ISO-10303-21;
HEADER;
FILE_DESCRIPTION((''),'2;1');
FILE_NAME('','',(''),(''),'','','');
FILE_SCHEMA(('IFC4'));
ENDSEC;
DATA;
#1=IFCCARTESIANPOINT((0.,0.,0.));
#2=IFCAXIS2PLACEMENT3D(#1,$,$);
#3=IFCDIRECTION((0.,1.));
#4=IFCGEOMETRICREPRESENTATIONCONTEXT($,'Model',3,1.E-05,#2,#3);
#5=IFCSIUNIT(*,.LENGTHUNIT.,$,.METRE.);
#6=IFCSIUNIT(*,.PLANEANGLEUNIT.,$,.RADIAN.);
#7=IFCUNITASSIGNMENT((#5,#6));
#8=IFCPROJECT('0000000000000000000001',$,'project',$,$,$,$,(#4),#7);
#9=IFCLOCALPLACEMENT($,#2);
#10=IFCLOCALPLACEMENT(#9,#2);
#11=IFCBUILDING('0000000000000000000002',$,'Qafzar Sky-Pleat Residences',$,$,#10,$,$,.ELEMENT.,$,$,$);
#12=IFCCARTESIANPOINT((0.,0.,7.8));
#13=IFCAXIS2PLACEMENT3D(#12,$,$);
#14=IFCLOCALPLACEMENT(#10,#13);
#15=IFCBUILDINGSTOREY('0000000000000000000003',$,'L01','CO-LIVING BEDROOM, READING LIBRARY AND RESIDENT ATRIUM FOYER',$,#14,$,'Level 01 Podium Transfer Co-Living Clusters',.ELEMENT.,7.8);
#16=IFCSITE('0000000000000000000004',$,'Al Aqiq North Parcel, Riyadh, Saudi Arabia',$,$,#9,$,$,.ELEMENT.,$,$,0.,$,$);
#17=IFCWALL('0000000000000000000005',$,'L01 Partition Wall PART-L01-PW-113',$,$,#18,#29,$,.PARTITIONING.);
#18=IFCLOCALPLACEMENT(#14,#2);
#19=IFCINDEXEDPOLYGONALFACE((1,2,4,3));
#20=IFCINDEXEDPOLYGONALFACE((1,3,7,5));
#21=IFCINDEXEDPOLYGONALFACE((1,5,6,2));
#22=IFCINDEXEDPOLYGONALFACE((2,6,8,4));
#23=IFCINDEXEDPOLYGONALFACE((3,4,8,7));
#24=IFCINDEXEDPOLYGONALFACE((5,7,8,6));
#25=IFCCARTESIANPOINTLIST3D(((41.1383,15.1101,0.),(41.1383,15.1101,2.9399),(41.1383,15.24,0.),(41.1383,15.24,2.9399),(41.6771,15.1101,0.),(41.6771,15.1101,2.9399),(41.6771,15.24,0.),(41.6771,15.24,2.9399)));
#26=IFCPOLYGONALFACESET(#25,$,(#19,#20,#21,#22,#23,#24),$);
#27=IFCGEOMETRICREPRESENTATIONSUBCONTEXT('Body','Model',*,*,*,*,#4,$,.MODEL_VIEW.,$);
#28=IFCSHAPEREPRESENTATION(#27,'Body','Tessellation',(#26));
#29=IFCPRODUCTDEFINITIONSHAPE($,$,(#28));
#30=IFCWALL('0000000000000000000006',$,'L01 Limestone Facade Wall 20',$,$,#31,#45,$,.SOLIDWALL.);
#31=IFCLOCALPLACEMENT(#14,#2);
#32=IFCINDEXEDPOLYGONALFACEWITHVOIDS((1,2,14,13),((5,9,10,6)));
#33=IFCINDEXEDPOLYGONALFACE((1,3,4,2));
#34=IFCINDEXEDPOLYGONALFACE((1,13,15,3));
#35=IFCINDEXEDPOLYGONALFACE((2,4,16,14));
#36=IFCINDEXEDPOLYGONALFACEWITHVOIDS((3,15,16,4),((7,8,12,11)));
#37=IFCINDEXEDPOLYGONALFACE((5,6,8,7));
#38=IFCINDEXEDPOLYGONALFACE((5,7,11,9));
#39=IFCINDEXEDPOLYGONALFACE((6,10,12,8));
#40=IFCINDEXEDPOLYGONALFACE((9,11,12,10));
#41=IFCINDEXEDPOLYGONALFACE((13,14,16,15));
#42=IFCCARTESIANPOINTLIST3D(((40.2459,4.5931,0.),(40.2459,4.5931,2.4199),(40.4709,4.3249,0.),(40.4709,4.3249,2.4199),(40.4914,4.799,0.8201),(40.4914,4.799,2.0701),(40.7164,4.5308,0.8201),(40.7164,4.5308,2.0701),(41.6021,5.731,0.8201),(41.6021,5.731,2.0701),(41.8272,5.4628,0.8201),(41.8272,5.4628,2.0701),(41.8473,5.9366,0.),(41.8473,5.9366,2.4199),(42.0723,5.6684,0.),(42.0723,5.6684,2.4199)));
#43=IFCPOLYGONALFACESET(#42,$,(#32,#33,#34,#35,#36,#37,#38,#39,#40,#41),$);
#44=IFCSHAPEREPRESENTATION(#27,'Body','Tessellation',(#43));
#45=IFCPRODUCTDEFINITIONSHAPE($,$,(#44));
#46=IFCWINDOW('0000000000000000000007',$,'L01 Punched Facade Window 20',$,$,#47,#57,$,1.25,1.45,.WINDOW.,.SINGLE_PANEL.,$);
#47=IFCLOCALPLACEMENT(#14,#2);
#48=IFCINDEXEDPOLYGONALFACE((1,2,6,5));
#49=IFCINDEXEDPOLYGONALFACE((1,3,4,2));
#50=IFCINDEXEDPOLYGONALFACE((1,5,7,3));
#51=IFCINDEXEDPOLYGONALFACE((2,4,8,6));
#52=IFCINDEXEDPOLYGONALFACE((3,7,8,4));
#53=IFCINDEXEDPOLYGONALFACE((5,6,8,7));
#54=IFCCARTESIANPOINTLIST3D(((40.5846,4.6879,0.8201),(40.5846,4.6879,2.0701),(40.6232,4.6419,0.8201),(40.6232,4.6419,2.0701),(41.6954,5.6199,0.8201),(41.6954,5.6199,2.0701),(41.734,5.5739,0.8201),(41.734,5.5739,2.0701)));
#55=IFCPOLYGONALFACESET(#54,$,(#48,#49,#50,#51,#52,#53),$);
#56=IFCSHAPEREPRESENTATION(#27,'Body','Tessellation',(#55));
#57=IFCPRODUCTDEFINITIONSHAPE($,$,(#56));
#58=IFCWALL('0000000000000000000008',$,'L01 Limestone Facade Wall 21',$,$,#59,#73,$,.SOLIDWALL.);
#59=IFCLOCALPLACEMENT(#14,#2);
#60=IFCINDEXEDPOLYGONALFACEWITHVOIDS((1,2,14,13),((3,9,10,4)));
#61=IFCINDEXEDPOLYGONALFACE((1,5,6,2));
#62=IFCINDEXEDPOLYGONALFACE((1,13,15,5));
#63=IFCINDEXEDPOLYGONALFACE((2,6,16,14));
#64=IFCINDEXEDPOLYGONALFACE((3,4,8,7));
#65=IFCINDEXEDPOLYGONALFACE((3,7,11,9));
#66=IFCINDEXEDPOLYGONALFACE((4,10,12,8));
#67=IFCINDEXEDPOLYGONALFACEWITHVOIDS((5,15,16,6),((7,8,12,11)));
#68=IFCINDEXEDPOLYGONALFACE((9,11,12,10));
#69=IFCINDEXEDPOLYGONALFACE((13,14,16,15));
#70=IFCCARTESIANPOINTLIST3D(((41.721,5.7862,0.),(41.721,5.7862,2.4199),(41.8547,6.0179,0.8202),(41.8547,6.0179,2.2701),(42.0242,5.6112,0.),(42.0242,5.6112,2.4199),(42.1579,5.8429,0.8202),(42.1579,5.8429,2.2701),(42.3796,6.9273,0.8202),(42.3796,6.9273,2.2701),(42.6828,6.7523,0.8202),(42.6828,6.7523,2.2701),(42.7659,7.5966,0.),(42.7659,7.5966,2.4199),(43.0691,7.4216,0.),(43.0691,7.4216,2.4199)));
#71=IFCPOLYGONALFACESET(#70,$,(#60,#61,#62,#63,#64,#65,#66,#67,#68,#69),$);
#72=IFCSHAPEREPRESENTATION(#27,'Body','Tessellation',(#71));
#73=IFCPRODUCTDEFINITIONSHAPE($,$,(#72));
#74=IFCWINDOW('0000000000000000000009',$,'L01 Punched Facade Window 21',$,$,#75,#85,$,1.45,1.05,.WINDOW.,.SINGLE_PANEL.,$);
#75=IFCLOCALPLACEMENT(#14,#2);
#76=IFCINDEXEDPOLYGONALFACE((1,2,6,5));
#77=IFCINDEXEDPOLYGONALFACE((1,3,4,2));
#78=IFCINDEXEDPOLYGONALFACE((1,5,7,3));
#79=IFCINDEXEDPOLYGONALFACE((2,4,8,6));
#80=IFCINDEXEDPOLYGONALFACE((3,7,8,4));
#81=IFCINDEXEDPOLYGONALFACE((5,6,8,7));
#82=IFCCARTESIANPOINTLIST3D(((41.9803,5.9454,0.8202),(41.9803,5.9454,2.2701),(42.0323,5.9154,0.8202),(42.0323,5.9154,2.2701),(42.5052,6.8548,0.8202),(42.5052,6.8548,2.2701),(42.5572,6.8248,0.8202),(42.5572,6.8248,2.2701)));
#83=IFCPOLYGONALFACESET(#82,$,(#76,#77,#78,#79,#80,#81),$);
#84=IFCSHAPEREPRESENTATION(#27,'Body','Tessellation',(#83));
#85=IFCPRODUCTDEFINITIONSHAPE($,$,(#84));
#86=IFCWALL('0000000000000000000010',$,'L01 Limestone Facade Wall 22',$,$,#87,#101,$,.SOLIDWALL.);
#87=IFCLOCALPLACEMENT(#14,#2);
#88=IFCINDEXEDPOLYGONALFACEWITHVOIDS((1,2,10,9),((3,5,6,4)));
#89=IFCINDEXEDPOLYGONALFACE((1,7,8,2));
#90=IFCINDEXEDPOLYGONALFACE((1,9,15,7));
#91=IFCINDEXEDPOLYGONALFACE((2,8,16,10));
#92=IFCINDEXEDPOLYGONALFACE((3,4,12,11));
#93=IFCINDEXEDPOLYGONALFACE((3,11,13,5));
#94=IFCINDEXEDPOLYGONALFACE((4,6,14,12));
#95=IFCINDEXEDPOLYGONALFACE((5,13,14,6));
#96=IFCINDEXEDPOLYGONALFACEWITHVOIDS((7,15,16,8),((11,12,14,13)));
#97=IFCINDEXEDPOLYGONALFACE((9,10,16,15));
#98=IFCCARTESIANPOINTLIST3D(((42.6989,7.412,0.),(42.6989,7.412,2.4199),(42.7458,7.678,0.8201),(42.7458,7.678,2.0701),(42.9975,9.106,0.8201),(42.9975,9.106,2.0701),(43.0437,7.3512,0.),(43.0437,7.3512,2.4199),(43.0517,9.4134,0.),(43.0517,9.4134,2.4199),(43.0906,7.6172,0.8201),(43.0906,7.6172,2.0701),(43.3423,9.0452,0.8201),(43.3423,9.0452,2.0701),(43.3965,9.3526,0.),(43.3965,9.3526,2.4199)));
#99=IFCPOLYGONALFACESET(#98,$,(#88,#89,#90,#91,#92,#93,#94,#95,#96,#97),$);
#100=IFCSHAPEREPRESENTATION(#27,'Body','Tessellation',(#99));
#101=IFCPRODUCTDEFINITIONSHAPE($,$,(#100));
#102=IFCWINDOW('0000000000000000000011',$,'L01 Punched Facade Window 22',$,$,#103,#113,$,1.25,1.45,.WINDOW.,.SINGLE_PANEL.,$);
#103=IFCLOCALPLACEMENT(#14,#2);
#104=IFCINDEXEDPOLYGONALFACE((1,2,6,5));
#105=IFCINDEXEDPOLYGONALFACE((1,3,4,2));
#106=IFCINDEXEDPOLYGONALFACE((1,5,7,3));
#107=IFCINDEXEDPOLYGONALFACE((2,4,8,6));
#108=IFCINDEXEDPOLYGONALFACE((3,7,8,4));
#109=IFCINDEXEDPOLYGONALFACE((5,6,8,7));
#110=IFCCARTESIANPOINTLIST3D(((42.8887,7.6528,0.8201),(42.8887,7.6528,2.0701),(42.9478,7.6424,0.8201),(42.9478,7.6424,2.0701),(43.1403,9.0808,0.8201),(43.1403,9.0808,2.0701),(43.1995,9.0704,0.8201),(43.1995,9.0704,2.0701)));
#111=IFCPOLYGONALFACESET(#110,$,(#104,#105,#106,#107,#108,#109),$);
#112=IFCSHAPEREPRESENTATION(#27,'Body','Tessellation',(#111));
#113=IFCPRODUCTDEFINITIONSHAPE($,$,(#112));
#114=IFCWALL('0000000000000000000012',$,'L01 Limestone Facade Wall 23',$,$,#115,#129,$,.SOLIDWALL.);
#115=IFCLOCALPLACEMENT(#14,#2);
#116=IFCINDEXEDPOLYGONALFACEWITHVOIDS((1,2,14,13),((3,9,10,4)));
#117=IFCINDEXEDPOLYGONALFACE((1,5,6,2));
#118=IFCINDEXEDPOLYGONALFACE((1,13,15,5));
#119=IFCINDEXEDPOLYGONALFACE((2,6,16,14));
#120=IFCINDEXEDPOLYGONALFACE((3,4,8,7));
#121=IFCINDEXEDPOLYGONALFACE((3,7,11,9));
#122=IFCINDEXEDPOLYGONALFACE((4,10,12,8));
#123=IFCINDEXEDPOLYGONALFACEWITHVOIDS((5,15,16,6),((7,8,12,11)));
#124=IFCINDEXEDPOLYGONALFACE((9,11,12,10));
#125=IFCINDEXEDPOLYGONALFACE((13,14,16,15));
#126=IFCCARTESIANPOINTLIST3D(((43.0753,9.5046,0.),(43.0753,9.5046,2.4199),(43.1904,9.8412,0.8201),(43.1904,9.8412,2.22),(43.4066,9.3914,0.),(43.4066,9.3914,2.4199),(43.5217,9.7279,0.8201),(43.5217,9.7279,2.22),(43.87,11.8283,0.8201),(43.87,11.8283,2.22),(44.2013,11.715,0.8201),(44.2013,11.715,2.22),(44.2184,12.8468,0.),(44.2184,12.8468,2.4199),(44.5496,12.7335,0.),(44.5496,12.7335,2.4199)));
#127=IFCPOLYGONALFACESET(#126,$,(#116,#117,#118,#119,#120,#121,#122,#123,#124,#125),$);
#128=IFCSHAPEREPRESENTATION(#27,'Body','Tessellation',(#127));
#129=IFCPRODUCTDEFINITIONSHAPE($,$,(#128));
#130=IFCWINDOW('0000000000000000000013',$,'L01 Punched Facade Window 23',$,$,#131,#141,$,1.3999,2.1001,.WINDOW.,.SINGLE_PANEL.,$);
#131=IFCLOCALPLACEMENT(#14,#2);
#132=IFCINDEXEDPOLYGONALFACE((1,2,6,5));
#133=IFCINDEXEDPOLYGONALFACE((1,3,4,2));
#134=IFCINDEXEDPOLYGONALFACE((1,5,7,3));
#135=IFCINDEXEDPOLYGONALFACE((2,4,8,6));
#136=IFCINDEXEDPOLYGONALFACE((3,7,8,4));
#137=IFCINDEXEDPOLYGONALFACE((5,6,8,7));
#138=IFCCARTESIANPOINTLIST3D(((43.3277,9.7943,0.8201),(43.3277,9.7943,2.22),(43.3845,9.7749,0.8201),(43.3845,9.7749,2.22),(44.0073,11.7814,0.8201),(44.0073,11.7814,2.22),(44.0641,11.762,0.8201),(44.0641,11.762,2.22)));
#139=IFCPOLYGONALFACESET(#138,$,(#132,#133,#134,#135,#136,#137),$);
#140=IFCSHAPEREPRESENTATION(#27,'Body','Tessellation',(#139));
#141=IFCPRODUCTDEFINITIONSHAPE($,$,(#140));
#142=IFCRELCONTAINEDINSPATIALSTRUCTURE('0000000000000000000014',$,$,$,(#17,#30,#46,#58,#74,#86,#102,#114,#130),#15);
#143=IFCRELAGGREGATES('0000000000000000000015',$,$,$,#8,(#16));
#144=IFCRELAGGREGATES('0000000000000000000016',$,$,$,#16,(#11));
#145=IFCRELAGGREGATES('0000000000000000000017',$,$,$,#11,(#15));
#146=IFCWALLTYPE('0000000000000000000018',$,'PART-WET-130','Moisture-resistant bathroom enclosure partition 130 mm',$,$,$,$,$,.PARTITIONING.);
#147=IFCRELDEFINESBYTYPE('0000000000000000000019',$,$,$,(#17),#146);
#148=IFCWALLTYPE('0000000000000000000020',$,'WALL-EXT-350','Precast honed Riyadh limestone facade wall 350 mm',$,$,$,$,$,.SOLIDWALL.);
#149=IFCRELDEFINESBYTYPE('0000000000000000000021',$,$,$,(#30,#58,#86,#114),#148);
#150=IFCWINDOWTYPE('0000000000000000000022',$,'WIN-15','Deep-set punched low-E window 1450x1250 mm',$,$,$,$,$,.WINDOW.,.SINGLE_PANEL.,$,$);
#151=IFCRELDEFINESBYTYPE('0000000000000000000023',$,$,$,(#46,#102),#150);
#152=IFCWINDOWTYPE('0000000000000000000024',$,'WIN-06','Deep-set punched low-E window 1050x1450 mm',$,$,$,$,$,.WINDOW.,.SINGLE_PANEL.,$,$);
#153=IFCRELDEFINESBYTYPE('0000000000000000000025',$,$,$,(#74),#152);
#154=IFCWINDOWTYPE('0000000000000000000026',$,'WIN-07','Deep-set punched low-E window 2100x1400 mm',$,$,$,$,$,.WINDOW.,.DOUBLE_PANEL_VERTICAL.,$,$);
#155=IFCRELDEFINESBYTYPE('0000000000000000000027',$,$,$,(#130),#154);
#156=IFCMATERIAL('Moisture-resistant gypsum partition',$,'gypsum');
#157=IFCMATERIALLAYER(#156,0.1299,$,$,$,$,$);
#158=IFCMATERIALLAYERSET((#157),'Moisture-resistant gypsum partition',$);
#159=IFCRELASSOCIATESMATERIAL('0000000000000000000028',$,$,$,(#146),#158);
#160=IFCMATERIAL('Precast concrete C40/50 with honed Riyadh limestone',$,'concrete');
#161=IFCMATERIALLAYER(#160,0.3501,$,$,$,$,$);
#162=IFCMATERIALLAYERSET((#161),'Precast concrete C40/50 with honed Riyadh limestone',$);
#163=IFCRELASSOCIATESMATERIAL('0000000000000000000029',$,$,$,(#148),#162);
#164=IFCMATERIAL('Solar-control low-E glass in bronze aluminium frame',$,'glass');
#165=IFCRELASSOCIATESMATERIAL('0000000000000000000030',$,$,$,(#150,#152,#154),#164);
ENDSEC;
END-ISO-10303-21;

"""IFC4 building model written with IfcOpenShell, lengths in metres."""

from ifc_helpers import new_model, si_unit, direction, frame, frame_2d, origin, place, context, subcontext, project, spatial, rectangle, extrude, source, transform, mapped, material, layer, layer_set, type_object, element, fill, save


model = new_model("IFC4")

# Units and contexts
model_context = context("Model", 3, precision=1e-05, world=origin(), true_north=direction((0.0, 1.0)))
body_context = subcontext(model_context, "Body", "Model", "MODEL_VIEW")
ifc_project = project(units=[si_unit("LENGTHUNIT", "METRE"), si_unit("PLANEANGLEUNIT", "RADIAN")], contexts=[model_context])

# Site, building, storey
site_placement = place(None, origin())
site = spatial("IfcSite", under=ifc_project, at=site_placement, Name="Al Aqiq North Parcel, Riyadh, Saudi Arabia", CompositionType="ELEMENT", RefElevation=0.0)
building_placement = place(site_placement, origin())
building = spatial("IfcBuilding", under=site, at=building_placement, Name="Qafzar Sky-Pleat Residences", CompositionType="ELEMENT")
storey_placement = place(building_placement, frame((0.0, 0.0, 7.8)))
storey = spatial("IfcBuildingStorey", under=building, at=storey_placement, Name="L01", Description="CO-LIVING BEDROOM, READING LIBRARY AND RESIDENT ATRIUM FOYER", LongName="Level 01 Podium Transfer Co-Living Clusters", CompositionType="ELEMENT", Elevation=7.8)

# Shared definitions
ifc_material_1 = material(Name="Moisture-resistant gypsum partition", Category="gypsum")
ifc_layer_1 = layer(ifc_material_1, 0.1299)
ifc_layer_set_1 = layer_set([ifc_layer_1], Name="Moisture-resistant gypsum partition")
wall_type_1 = type_object("IfcWallType", Name="PART-WET-130", Description="Moisture-resistant bathroom enclosure partition 130 mm", PredefinedType="PARTITIONING", material=ifc_layer_set_1)

# Wall
wall_1_placement = place(storey_placement, frame((41.1382, 15.175, 0.0), z_axis=(0.0, 0.0, 1.0), x_axis=(1.0, 0.0, 0.0)))
element("IfcWall", 1, at=wall_1_placement, inside=storey, type_object=wall_type_1, Name="L01 Partition Wall PART-L01-PW-113", PredefinedType="PARTITIONING", context=body_context, shape_type="SweptSolid", body=[
    extrude(rectangle(XDim=0.5388, YDim=0.1299, at=frame_2d((0.2695, 0.0))), origin(), (0.0, 0.0, 1.0), 2.9399),
])

# Walls, openings, windows
ifc_material_2 = material(Name="Precast concrete C40/50 with honed Riyadh limestone", Category="concrete")
ifc_layer_2 = layer(ifc_material_2, 0.3501)
ifc_layer_set_2 = layer_set([ifc_layer_2], Name="Precast concrete C40/50 with honed Riyadh limestone")
wall_type_2 = type_object("IfcWallType", Name="WALL-EXT-350", Description="Precast honed Riyadh limestone facade wall 350 mm", PredefinedType="SOLIDWALL", material=ifc_layer_set_2)
wall_2_placement = place(storey_placement, frame((40.3584, 4.459, 0.0), z_axis=(0.0, 0.0, 1.0), x_axis=(0.766082, 0.642743, 0.0)))
wall_2 = element("IfcWall", 2, at=wall_2_placement, inside=storey, type_object=wall_type_2, Name="L01 Limestone Facade Wall 20", PredefinedType="SOLIDWALL", context=body_context, shape_type="SweptSolid", body=[
    extrude(rectangle(XDim=2.0903, YDim=0.3501, at=frame_2d((1.0452, 0.0))), origin(), (0.0, 0.0, 1.0), 2.4199),
])
opening_1_placement = place(wall_2_placement, frame((0.3203, 0.0, 0.8201)))
opening_1 = element("IfcOpeningElement", 3, at=opening_1_placement, cuts=wall_2, PredefinedType="OPENING", context=body_context, shape_type="SweptSolid", body=[
    extrude(rectangle(XDim=1.45, YDim=1.25, at=frame_2d((0.7251, 0.625))), frame((0.0, 0.1851, 0.0), z_axis=(0.0, -1.0, 0.0), x_axis=(1.0, 0.0, 0.0)), (0.0, 0.0, 1.0), 0.3701),
])
ifc_material_3 = material(Name="Solar-control low-E glass in bronze aluminium frame", Category="glass")
window_type_1 = type_object("IfcWindowType", Name="WIN-15", Description="Deep-set punched low-E window 1450x1250 mm", PartitioningType="SINGLE_PANEL", PredefinedType="WINDOW", material=ifc_material_3)
shared_shape_1 = source(origin(), body_context, "Body", "SweptSolid", [
    extrude(rectangle(XDim=1.45, YDim=1.25, at=frame_2d((0.7251, 0.625))), frame((0.0, 0.03, 0.0), z_axis=(0.0, -1.0, 0.0), x_axis=(1.0, 0.0, 0.0)), (0.0, 0.0, 1.0), 0.0601),
])
window_1_placement = place(opening_1_placement, origin())
window_1 = element("IfcWindow", 4, at=window_1_placement, inside=storey, type_object=window_type_1, Name="L01 Punched Facade Window 20", OverallHeight=1.25, OverallWidth=1.45, PartitioningType="SINGLE_PANEL", PredefinedType="WINDOW", context=body_context, shape_type="MappedRepresentation", body=[
    mapped(shared_shape_1, transform((0.0, 0.0, 0.0), x_axis=(1.0, 0.0, 0.0), y_axis=(0.0, 1.0, 0.0), z_axis=(0.0, 0.0, 1.0), scale=1.0)),
])
fill(opening_1, window_1)
wall_3_placement = place(storey_placement, frame((41.8726, 5.6987, 0.0), z_axis=(0.0, 0.0, 1.0), x_axis=(0.499908, 0.866079, 0.0)))
wall_3 = element("IfcWall", 5, at=wall_3_placement, inside=storey, type_object=wall_type_2, Name="L01 Limestone Facade Wall 21", PredefinedType="SOLIDWALL", context=body_context, shape_type="SweptSolid", body=[
    extrude(rectangle(XDim=2.0903, YDim=0.3501, at=frame_2d((1.0452, 0.0))), origin(), (0.0, 0.0, 1.0), 2.4199),
])
opening_2_placement = place(wall_3_placement, frame((0.2676, 0.0, 0.8201)))
opening_2 = element("IfcOpeningElement", 6, at=opening_2_placement, cuts=wall_3, PredefinedType="OPENING", context=body_context, shape_type="SweptSolid", body=[
    extrude(rectangle(XDim=1.05, YDim=1.45, at=frame_2d((0.5249, 0.7251))), frame((0.0, 0.1851, 0.0), z_axis=(0.0, -1.0, 0.0), x_axis=(1.0, 0.0, 0.0)), (0.0, 0.0, 1.0), 0.3701),
])
window_type_2 = type_object("IfcWindowType", Name="WIN-06", Description="Deep-set punched low-E window 1050x1450 mm", PartitioningType="SINGLE_PANEL", PredefinedType="WINDOW", material=ifc_material_3)
shared_shape_2 = source(origin(), body_context, "Body", "SweptSolid", [
    extrude(rectangle(XDim=1.05, YDim=1.45, at=frame_2d((0.5249, 0.7251))), frame((0.0, 0.03, 0.0), z_axis=(0.0, -1.0, 0.0), x_axis=(1.0, 0.0, 0.0)), (0.0, 0.0, 1.0), 0.0601),
])
window_2_placement = place(opening_2_placement, origin())
window_2 = element("IfcWindow", 7, at=window_2_placement, inside=storey, type_object=window_type_2, Name="L01 Punched Facade Window 21", OverallHeight=1.45, OverallWidth=1.05, PartitioningType="SINGLE_PANEL", PredefinedType="WINDOW", context=body_context, shape_type="MappedRepresentation", body=[
    mapped(shared_shape_2, transform((0.0, 0.0, 0.0), x_axis=(1.0, 0.0, 0.0), y_axis=(0.0, 1.0, 0.0), z_axis=(0.0, 0.0, 1.0), scale=1.0)),
])
fill(opening_2, window_2)
wall_4_placement = place(storey_placement, frame((42.8713, 7.3816, 0.0), z_axis=(0.0, 0.0, 1.0), x_axis=(0.173587, 0.984819, 0.0)))
wall_4 = element("IfcWall", 8, at=wall_4_placement, inside=storey, type_object=wall_type_2, Name="L01 Limestone Facade Wall 22", PredefinedType="SOLIDWALL", context=body_context, shape_type="SweptSolid", body=[
    extrude(rectangle(XDim=2.0322, YDim=0.3501, at=frame_2d((1.0161, 0.0))), origin(), (0.0, 0.0, 1.0), 2.4199),
])
opening_3_placement = place(wall_4_placement, frame((0.27, 0.0, 0.8201)))
opening_3 = element("IfcOpeningElement", 9, at=opening_3_placement, cuts=wall_4, PredefinedType="OPENING", context=body_context, shape_type="SweptSolid", body=[
    extrude(rectangle(XDim=1.45, YDim=1.25, at=frame_2d((0.7251, 0.625))), frame((0.0, 0.1851, 0.0), z_axis=(0.0, -1.0, 0.0), x_axis=(1.0, 0.0, 0.0)), (0.0, 0.0, 1.0), 0.3701),
])
window_3_placement = place(opening_3_placement, origin())
window_3 = element("IfcWindow", 10, at=window_3_placement, inside=storey, type_object=window_type_1, Name="L01 Punched Facade Window 22", OverallHeight=1.25, OverallWidth=1.45, PartitioningType="SINGLE_PANEL", PredefinedType="WINDOW", context=body_context, shape_type="MappedRepresentation", body=[
    mapped(shared_shape_1, transform((0.0, 0.0, 0.0), x_axis=(1.0, 0.0, 0.0), y_axis=(0.0, 1.0, 0.0), z_axis=(0.0, 0.0, 1.0), scale=1.0)),
])
fill(opening_3, window_3)
wall_5_placement = place(storey_placement, frame((43.241, 9.448, 0.0), z_axis=(0.0, 0.0, 1.0), x_axis=(0.3236, 0.946194, 0.0)))
wall_5 = element("IfcWall", 11, at=wall_5_placement, inside=storey, type_object=wall_type_2, Name="L01 Limestone Facade Wall 23", PredefinedType="SOLIDWALL", context=body_context, shape_type="SweptSolid", body=[
    extrude(rectangle(XDim=3.5322, YDim=0.3501, at=frame_2d((1.7661, 0.0))), origin(), (0.0, 0.0, 1.0), 2.4199),
])
opening_4_placement = place(wall_5_placement, frame((0.3557, 0.0, 0.8201)))
opening_4 = element("IfcOpeningElement", 12, at=opening_4_placement, cuts=wall_5, PredefinedType="OPENING", context=body_context, shape_type="SweptSolid", body=[
    extrude(rectangle(XDim=2.1001, YDim=1.3999, at=frame_2d((1.05, 0.7))), frame((0.0, 0.1851, 0.0), z_axis=(0.0, -1.0, 0.0), x_axis=(1.0, 0.0, 0.0)), (0.0, 0.0, 1.0), 0.3701),
])
window_type_3 = type_object("IfcWindowType", Name="WIN-07", Description="Deep-set punched low-E window 2100x1400 mm", PartitioningType="DOUBLE_PANEL_VERTICAL", PredefinedType="WINDOW", material=ifc_material_3)
shared_shape_3 = source(origin(), body_context, "Body", "SweptSolid", [
    extrude(rectangle(XDim=2.1001, YDim=1.3999, at=frame_2d((1.05, 0.7))), frame((0.0, 0.03, 0.0), z_axis=(0.0, -1.0, 0.0), x_axis=(1.0, 0.0, 0.0)), (0.0, 0.0, 1.0), 0.0601),
])
window_4_placement = place(opening_4_placement, origin())
window_4 = element("IfcWindow", 13, at=window_4_placement, inside=storey, type_object=window_type_3, Name="L01 Punched Facade Window 23", OverallHeight=1.3999, OverallWidth=2.1001, PartitioningType="SINGLE_PANEL", PredefinedType="WINDOW", context=body_context, shape_type="MappedRepresentation", body=[
    mapped(shared_shape_3, transform((0.0, 0.0, 0.0), x_axis=(1.0, 0.0, 0.0), y_axis=(0.0, 1.0, 0.0), z_axis=(0.0, 0.0, 1.0), scale=1.0)),
])
fill(opening_4, window_4)

save(model, "model.ifc")
